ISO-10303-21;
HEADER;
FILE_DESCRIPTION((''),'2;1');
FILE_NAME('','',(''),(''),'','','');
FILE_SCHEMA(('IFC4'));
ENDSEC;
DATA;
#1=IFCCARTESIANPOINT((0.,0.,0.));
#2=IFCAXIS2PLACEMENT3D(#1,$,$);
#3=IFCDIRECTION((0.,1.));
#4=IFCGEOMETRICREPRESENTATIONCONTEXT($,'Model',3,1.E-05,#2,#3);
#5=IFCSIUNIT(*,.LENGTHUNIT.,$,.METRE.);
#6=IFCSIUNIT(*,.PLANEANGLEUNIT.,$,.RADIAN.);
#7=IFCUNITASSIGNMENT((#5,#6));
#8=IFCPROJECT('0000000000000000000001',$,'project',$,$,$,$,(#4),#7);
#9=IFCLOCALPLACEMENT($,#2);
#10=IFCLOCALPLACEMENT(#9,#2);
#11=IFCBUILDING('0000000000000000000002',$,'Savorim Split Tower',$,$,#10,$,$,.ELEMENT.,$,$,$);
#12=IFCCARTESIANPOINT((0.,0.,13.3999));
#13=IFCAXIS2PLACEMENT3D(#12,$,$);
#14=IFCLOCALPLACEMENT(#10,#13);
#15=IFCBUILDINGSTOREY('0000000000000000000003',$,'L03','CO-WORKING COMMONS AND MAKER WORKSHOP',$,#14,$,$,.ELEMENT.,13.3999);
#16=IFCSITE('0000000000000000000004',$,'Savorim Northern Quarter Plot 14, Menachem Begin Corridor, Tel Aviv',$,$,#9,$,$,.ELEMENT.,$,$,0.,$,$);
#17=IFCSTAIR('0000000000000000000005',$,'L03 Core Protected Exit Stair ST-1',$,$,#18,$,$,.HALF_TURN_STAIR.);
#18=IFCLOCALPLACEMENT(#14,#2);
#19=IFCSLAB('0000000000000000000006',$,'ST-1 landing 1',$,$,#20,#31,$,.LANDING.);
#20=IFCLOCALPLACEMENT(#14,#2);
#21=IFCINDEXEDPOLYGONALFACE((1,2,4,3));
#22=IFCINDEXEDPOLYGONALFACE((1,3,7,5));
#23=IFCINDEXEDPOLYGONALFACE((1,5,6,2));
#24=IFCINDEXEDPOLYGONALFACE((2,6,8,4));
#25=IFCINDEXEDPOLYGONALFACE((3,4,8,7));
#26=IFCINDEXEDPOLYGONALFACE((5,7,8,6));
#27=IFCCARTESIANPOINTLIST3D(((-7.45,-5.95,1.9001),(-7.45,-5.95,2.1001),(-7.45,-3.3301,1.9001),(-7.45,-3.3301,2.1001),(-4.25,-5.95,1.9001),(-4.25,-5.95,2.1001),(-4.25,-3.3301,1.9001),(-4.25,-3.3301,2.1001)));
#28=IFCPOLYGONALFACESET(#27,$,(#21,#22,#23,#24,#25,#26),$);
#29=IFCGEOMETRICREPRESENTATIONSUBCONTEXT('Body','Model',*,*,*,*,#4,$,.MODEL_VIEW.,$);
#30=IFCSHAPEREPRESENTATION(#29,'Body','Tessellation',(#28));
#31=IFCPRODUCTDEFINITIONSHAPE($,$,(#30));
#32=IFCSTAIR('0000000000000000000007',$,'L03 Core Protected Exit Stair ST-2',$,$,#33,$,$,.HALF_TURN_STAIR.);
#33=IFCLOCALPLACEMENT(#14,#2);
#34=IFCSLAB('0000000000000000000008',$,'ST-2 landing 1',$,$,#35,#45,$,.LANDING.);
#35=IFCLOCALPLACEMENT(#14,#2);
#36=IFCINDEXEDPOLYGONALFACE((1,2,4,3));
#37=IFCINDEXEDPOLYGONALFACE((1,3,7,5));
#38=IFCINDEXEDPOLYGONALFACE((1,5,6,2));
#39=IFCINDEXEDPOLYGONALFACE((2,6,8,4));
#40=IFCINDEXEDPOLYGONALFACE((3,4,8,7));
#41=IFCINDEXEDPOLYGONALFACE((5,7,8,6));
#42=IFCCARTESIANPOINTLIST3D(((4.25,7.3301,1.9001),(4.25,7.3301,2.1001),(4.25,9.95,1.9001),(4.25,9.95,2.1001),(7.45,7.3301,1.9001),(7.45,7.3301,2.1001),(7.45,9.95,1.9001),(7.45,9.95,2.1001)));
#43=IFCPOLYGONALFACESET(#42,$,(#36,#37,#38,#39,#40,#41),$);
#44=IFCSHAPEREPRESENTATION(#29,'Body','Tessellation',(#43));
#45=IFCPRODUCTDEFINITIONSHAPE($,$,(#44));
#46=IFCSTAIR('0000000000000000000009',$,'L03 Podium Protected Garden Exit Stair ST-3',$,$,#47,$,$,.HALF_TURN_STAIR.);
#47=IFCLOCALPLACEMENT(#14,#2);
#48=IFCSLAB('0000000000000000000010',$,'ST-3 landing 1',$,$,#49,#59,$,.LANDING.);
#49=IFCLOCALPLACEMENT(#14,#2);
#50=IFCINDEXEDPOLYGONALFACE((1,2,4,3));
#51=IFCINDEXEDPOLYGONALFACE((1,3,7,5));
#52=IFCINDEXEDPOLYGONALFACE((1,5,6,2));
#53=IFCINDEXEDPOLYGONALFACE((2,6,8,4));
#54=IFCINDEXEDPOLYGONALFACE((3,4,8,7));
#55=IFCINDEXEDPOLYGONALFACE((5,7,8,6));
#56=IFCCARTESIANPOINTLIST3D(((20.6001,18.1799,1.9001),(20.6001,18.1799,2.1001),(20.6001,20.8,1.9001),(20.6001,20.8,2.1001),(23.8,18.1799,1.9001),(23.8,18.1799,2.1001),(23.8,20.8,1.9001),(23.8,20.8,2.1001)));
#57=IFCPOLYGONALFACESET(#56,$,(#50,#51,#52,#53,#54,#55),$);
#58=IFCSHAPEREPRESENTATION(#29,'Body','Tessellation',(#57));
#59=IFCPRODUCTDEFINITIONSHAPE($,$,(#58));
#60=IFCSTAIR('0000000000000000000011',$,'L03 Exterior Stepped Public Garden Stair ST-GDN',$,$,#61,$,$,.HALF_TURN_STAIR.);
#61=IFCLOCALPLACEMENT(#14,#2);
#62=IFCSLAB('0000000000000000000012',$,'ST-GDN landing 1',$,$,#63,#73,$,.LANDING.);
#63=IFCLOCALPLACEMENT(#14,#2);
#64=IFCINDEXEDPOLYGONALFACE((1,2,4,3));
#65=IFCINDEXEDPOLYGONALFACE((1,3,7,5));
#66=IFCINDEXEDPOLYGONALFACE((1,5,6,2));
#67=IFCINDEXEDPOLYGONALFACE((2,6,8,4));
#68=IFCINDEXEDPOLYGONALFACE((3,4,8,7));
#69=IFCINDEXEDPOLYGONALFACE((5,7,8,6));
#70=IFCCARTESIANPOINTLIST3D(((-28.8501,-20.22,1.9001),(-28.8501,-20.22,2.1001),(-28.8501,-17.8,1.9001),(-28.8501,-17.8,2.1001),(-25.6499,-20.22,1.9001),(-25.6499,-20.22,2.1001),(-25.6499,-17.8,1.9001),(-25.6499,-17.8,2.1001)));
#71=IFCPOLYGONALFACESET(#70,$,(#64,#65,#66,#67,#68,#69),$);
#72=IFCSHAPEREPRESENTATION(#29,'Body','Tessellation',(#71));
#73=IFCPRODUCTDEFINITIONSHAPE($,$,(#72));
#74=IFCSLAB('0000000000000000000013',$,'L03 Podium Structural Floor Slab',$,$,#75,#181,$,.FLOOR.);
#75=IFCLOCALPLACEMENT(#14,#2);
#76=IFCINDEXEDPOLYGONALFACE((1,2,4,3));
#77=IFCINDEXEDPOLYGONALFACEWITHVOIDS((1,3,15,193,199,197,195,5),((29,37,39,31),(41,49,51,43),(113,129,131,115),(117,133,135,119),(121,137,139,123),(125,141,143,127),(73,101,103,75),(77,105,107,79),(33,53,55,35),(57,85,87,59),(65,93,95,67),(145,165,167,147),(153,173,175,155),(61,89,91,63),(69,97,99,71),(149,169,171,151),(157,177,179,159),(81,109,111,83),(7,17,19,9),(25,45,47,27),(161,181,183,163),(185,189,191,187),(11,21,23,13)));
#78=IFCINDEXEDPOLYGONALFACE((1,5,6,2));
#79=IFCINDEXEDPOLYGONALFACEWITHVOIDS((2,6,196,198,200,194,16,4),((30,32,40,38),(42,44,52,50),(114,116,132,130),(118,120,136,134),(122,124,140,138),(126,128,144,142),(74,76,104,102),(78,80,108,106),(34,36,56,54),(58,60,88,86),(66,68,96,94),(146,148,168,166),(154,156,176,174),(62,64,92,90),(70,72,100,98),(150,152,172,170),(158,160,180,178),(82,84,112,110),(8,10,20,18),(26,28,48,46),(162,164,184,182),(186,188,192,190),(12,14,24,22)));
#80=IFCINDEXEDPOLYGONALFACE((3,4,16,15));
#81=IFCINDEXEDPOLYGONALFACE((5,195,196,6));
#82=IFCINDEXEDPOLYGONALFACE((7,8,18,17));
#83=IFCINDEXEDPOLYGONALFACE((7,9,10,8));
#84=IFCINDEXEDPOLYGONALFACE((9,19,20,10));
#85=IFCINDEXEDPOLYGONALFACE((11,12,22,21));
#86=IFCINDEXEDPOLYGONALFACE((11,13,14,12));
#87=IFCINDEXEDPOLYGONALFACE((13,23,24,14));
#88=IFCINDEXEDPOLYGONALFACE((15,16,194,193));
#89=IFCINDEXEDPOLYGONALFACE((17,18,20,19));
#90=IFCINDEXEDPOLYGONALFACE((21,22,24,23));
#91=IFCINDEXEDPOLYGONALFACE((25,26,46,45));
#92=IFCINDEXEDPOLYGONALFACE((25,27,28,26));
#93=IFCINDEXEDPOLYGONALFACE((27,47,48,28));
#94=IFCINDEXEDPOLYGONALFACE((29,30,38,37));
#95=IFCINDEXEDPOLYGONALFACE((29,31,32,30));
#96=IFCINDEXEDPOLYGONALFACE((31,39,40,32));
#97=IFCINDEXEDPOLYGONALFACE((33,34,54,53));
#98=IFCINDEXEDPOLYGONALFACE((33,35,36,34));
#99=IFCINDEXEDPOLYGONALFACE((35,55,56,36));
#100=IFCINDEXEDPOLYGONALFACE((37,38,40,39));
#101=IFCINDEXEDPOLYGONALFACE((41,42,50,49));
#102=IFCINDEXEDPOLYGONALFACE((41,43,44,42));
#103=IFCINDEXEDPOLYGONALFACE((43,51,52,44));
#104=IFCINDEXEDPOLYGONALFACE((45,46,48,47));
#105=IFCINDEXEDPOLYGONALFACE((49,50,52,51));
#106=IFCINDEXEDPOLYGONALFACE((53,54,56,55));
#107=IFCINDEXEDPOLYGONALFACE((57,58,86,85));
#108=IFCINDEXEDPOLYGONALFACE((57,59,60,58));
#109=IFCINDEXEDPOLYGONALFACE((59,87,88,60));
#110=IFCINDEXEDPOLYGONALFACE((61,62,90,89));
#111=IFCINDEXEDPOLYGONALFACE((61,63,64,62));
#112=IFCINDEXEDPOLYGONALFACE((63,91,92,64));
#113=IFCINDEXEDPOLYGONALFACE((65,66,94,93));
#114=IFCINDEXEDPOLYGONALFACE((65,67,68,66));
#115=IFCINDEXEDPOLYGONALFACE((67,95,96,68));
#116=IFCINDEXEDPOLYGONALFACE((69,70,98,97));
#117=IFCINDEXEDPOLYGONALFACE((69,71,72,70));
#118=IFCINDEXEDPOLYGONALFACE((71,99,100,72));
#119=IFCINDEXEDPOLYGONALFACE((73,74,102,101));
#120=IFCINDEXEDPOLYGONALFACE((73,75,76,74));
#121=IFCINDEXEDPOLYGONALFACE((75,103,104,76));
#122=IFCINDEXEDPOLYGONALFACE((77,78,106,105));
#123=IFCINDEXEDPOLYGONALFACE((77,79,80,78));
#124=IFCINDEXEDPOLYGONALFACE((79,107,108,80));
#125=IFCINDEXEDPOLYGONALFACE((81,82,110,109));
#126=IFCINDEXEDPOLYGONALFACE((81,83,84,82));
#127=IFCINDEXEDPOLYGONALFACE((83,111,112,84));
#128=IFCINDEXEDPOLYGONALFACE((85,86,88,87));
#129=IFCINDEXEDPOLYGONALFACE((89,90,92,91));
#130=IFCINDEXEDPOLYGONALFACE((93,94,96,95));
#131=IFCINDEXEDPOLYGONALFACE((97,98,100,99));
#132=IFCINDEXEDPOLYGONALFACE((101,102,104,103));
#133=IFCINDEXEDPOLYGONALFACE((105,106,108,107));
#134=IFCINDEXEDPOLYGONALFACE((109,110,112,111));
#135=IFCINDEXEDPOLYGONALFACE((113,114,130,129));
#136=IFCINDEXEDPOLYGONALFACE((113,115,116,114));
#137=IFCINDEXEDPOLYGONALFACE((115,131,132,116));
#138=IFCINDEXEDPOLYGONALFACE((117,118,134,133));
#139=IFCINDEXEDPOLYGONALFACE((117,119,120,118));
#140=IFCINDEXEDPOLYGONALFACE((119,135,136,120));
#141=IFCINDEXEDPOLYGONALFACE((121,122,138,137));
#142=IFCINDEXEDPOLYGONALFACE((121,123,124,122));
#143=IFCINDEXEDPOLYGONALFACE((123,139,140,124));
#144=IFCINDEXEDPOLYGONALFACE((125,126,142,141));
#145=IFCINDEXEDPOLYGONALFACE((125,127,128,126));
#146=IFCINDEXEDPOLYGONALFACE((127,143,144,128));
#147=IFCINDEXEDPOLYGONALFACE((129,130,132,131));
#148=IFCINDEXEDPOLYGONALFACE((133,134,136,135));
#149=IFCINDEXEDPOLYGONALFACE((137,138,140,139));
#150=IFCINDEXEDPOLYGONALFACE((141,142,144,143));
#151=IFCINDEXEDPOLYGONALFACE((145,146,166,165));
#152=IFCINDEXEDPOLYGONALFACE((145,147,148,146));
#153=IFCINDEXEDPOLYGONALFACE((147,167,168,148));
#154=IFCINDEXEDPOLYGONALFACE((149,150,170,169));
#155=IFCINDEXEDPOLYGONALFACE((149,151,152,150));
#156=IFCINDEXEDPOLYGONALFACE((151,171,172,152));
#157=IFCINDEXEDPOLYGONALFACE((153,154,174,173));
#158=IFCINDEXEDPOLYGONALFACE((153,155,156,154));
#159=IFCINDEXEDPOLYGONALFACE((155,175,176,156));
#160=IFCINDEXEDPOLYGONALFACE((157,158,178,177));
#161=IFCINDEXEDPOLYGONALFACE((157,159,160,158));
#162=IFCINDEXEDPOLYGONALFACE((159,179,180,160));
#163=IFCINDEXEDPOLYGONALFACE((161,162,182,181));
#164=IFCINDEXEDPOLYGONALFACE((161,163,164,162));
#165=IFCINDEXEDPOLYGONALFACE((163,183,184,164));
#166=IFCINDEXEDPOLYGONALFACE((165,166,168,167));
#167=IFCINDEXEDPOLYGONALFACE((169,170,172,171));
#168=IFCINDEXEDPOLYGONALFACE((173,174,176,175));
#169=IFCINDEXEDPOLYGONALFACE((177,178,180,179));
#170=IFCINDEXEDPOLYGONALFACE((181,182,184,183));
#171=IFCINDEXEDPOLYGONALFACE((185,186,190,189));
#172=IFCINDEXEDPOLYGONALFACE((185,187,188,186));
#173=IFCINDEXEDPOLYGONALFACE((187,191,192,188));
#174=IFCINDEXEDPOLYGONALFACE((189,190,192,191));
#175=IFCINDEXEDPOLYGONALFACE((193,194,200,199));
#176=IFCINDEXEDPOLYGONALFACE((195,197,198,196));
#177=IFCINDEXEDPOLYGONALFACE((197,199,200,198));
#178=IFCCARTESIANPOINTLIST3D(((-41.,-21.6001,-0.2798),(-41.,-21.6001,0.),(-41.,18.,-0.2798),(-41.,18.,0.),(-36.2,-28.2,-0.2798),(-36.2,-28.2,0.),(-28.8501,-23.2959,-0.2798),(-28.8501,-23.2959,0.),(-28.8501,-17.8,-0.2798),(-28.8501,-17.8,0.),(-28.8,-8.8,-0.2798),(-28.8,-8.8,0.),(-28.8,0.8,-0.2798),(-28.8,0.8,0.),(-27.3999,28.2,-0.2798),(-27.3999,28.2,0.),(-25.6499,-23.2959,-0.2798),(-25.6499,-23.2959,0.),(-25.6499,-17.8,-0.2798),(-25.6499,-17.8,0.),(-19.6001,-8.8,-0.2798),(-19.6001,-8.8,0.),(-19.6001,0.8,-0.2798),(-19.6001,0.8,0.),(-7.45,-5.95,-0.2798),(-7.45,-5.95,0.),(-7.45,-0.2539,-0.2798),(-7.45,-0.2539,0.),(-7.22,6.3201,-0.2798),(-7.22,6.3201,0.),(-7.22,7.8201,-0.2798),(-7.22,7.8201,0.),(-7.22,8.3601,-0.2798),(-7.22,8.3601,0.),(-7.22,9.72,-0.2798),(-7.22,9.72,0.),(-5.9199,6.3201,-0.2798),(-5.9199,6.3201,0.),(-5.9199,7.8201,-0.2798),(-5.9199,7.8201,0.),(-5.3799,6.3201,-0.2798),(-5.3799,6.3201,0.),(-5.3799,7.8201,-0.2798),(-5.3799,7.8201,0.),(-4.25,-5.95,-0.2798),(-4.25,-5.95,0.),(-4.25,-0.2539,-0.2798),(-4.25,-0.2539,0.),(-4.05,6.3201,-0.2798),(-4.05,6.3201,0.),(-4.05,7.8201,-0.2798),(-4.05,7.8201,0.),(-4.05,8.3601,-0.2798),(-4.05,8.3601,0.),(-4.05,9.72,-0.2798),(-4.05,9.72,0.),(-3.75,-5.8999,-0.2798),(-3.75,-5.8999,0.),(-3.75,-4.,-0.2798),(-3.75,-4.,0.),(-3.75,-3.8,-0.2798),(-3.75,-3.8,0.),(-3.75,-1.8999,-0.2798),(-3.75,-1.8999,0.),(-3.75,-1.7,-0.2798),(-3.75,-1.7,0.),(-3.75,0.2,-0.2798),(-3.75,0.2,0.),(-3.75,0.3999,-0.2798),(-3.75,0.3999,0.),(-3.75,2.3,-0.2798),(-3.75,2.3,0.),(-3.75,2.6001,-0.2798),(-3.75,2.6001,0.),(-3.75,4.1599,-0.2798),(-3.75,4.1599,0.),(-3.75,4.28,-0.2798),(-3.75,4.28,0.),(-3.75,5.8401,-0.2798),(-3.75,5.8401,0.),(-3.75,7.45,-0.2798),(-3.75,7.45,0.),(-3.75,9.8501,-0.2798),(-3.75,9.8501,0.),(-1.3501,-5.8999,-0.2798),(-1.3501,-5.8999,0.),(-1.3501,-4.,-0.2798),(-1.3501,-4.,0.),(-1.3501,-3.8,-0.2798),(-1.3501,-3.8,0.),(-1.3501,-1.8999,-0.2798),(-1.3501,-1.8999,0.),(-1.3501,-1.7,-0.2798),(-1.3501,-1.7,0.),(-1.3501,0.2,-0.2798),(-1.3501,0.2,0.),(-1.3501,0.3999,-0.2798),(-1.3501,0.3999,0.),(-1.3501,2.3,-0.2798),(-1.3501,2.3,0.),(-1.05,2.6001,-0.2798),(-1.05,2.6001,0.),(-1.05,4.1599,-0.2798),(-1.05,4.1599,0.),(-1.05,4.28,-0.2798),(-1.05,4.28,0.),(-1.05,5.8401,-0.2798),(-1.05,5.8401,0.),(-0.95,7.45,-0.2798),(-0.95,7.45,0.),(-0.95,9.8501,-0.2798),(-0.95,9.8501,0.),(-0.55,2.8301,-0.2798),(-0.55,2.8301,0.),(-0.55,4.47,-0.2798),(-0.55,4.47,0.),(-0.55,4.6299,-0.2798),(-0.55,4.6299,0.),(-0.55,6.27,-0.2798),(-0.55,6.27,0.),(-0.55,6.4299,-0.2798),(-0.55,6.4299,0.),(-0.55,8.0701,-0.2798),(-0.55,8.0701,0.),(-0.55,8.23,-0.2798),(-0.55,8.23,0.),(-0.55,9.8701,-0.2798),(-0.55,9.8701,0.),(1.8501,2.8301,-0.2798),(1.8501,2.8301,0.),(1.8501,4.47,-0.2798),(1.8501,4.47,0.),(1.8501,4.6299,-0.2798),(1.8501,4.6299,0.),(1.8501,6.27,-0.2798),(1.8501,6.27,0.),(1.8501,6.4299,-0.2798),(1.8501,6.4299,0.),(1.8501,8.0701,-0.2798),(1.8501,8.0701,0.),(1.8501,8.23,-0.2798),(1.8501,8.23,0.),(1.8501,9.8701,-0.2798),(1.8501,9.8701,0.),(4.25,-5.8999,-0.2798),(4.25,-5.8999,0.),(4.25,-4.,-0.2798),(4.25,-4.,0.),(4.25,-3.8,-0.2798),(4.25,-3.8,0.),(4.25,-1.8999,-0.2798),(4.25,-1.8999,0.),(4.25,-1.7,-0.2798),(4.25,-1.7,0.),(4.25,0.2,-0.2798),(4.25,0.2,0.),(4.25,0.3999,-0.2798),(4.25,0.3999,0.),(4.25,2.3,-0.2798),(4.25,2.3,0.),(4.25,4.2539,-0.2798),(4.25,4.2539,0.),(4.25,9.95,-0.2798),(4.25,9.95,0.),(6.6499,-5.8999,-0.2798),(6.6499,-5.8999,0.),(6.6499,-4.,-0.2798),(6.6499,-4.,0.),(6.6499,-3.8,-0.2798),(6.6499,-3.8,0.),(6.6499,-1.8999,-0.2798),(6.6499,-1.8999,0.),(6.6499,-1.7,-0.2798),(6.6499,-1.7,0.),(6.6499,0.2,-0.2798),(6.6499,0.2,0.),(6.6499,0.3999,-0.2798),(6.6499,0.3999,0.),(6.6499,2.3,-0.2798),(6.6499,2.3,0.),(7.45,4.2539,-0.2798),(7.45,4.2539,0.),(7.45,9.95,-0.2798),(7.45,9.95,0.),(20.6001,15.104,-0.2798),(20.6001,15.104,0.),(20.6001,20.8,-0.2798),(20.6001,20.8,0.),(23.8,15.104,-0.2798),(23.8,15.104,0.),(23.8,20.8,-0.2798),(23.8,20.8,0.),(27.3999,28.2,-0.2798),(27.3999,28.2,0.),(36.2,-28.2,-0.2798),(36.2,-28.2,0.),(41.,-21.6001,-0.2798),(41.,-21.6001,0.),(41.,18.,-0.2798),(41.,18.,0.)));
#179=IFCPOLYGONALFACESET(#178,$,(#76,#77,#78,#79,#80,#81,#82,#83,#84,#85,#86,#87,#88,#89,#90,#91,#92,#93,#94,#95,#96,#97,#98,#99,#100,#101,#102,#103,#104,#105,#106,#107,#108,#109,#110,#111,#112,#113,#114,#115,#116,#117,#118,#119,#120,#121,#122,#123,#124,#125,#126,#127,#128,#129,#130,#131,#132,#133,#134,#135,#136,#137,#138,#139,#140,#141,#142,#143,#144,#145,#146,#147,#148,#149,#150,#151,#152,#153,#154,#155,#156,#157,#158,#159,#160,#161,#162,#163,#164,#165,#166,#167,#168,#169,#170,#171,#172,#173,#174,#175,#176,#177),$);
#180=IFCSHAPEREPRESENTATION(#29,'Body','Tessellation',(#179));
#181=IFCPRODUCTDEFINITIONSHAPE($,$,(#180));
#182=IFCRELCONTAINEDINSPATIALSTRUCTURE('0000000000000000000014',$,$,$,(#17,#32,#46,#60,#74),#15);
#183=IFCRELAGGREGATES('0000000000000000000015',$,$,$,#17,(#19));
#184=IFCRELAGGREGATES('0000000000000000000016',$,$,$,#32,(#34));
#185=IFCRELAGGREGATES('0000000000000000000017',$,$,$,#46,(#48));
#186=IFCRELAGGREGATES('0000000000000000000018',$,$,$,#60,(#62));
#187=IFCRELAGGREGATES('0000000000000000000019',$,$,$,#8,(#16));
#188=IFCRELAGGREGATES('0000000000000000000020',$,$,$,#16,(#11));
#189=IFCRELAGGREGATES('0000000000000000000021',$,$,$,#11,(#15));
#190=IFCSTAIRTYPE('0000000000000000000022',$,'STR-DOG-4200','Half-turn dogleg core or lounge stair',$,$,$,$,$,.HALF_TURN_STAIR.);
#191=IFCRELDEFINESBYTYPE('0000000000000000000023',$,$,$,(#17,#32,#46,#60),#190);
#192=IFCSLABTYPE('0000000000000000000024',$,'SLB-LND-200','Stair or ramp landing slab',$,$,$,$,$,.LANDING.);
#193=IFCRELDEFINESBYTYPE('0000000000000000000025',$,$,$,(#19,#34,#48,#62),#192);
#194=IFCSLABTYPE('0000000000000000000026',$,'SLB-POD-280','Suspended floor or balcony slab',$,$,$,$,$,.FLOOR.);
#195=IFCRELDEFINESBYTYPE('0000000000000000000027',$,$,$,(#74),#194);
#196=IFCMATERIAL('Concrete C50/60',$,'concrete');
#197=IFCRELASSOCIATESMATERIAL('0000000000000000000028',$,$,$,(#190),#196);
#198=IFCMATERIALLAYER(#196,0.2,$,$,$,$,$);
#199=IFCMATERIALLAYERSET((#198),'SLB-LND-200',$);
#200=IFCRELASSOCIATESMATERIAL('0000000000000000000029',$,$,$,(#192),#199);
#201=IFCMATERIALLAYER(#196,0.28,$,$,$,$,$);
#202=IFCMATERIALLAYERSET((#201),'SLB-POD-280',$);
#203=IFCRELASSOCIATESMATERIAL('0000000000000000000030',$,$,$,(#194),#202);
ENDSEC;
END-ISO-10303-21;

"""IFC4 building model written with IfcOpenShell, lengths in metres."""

from ifc_helpers import new_model, si_unit, direction, frame, origin, place, context, subcontext, project, spatial, polyline, outline, extrude, material, layer, layer_set, type_object, element, aggregate, save


model = new_model("IFC4")

# Units and contexts
model_context = context("Model", 3, precision=1e-05, world=origin(), true_north=direction((0.0, 1.0)))
body_context = subcontext(model_context, "Body", "Model", "MODEL_VIEW")
ifc_project = project(units=[si_unit("LENGTHUNIT", "METRE"), si_unit("PLANEANGLEUNIT", "RADIAN")], contexts=[model_context])

# Site, building, storey
site_placement = place(None, origin())
site = spatial("IfcSite", under=ifc_project, at=site_placement, Name="Savorim Northern Quarter Plot 14, Menachem Begin Corridor, Tel Aviv", CompositionType="ELEMENT", RefElevation=0.0)
building_placement = place(site_placement, origin())
building = spatial("IfcBuilding", under=site, at=building_placement, Name="Savorim Split Tower", CompositionType="ELEMENT")
storey_placement = place(building_placement, frame((0.0, 0.0, 13.3999)))
storey = spatial("IfcBuildingStorey", under=building, at=storey_placement, Name="L03", Description="CO-WORKING COMMONS AND MAKER WORKSHOP", CompositionType="ELEMENT", Elevation=13.3999)

# Stairs, slabs
ifc_material_1 = material(Name="Concrete C50/60", Category="concrete")
stair_type = type_object("IfcStairType", Name="STR-DOG-4200", Description="Half-turn dogleg core or lounge stair", PredefinedType="HALF_TURN_STAIR", material=ifc_material_1)
stair_1_placement = place(storey_placement, origin())
stair_1 = element("IfcStair", 1, at=stair_1_placement, inside=storey, type_object=stair_type, Name="L03 Core Protected Exit Stair ST-1", PredefinedType="HALF_TURN_STAIR")
ifc_layer_1 = layer(ifc_material_1, 0.2)
ifc_layer_set_1 = layer_set([ifc_layer_1], Name="SLB-LND-200")
slab_type_1 = type_object("IfcSlabType", Name="SLB-LND-200", Description="Stair or ramp landing slab", PredefinedType="LANDING", material=ifc_layer_set_1)
slab_1_placement = place(storey_placement, frame((0.0, 0.0, 1.9001)))
slab_1 = element("IfcSlab", 2, at=slab_1_placement, type_object=slab_type_1, Name="ST-1 landing 1", PredefinedType="LANDING", context=body_context, shape_type="SweptSolid", body=[
    extrude(outline(polyline([(-7.45, -3.3301), (-7.45, -5.95), (-4.25, -5.95), (-4.25, -3.3301), (-7.45, -3.3301)])), origin(), (0.0, 0.0, 1.0), 0.2),
])
aggregate(stair_1, [slab_1])
stair_2_placement = place(storey_placement, origin())
stair_2 = element("IfcStair", 3, at=stair_2_placement, inside=storey, type_object=stair_type, Name="L03 Core Protected Exit Stair ST-2", PredefinedType="HALF_TURN_STAIR")
slab_2_placement = place(storey_placement, frame((0.0, 0.0, 1.9001)))
slab_2 = element("IfcSlab", 4, at=slab_2_placement, type_object=slab_type_1, Name="ST-2 landing 1", PredefinedType="LANDING", context=body_context, shape_type="SweptSolid", body=[
    extrude(outline(polyline([(7.45, 7.3301), (7.45, 9.95), (4.25, 9.95), (4.25, 7.3301), (7.45, 7.3301)])), origin(), (0.0, 0.0, 1.0), 0.2),
])
aggregate(stair_2, [slab_2])
stair_3_placement = place(storey_placement, origin())
stair_3 = element("IfcStair", 5, at=stair_3_placement, inside=storey, type_object=stair_type, Name="L03 Podium Protected Garden Exit Stair ST-3", PredefinedType="HALF_TURN_STAIR")
slab_3_placement = place(storey_placement, frame((0.0, 0.0, 1.9001)))
slab_3 = element("IfcSlab", 6, at=slab_3_placement, type_object=slab_type_1, Name="ST-3 landing 1", PredefinedType="LANDING", context=body_context, shape_type="SweptSolid", body=[
    extrude(outline(polyline([(23.8, 18.1799), (23.8, 20.8), (20.6001, 20.8), (20.6001, 18.1799), (23.8, 18.1799)])), origin(), (0.0, 0.0, 1.0), 0.2),
])
aggregate(stair_3, [slab_3])
stair_4_placement = place(storey_placement, origin())
stair_4 = element("IfcStair", 7, at=stair_4_placement, inside=storey, type_object=stair_type, Name="L03 Exterior Stepped Public Garden Stair ST-GDN", PredefinedType="HALF_TURN_STAIR")
slab_4_placement = place(storey_placement, frame((0.0, 0.0, 1.9001)))
slab_4 = element("IfcSlab", 8, at=slab_4_placement, type_object=slab_type_1, Name="ST-GDN landing 1", PredefinedType="LANDING", context=body_context, shape_type="SweptSolid", body=[
    extrude(outline(polyline([(-25.6499, -20.22), (-25.6499, -17.8), (-28.8501, -17.8), (-28.8501, -20.22), (-25.6499, -20.22)])), origin(), (0.0, 0.0, 1.0), 0.2),
])
aggregate(stair_4, [slab_4])

# Slab
ifc_layer_2 = layer(ifc_material_1, 0.28)
ifc_layer_set_2 = layer_set([ifc_layer_2], Name="SLB-POD-280")
slab_type_2 = type_object("IfcSlabType", Name="SLB-POD-280", Description="Suspended floor or balcony slab", PredefinedType="FLOOR", material=ifc_layer_set_2)
slab_5_placement = place(storey_placement, frame((0.0, 0.0, -0.2798)))
element("IfcSlab", 9, at=slab_5_placement, inside=storey, type_object=slab_type_2, Name="L03 Podium Structural Floor Slab", PredefinedType="FLOOR", context=body_context, shape_type="SweptSolid", body=[
    extrude(outline(polyline([(-36.2, -28.2), (36.2, -28.2), (41.0, -21.6001), (41.0, 18.0), (27.3999, 28.2), (-27.3999, 28.2), (-41.0, 18.0), (-41.0, -21.6001), (-36.2, -28.2)]), holes=[polyline([(-7.45, -0.2539), (-7.45, -5.95), (-4.25, -5.95), (-4.25, -0.2539), (-7.45, -0.2539)]), polyline([(7.45, 4.2539), (7.45, 9.95), (4.25, 9.95), (4.25, 4.2539), (7.45, 4.2539)]), polyline([(23.8, 15.104), (23.8, 20.8), (20.6001, 20.8), (20.6001, 15.104), (23.8, 15.104)]), polyline([(-25.6499, -23.2959), (-25.6499, -17.8), (-28.8501, -17.8), (-28.8501, -23.2959), (-25.6499, -23.2959)]), polyline([(4.25, -5.8999), (6.6499, -5.8999), (6.6499, -4.0), (4.25, -4.0), (4.25, -5.8999)]), polyline([(4.25, -3.8), (6.6499, -3.8), (6.6499, -1.8999), (4.25, -1.8999), (4.25, -3.8)]), polyline([(4.25, -1.7), (6.6499, -1.7), (6.6499, 0.2), (4.25, 0.2), (4.25, -1.7)]), polyline([(4.25, 0.3999), (6.6499, 0.3999), (6.6499, 2.3), (4.25, 2.3), (4.25, 0.3999)]), polyline([(-3.75, -5.8999), (-1.3501, -5.8999), (-1.3501, -4.0), (-3.75, -4.0), (-3.75, -5.8999)]), polyline([(-3.75, -3.8), (-1.3501, -3.8), (-1.3501, -1.8999), (-3.75, -1.8999), (-3.75, -3.8)]), polyline([(-3.75, -1.7), (-1.3501, -1.7), (-1.3501, 0.2), (-3.75, 0.2), (-3.75, -1.7)]), polyline([(-3.75, 0.3999), (-1.3501, 0.3999), (-1.3501, 2.3), (-3.75, 2.3), (-3.75, 0.3999)]), polyline([(-0.55, 2.8301), (1.8501, 2.8301), (1.8501, 4.47), (-0.55, 4.47), (-0.55, 2.8301)]), polyline([(-0.55, 4.6299), (1.8501, 4.6299), (1.8501, 6.27), (-0.55, 6.27), (-0.55, 4.6299)]), polyline([(-0.55, 6.4299), (1.8501, 6.4299), (1.8501, 8.0701), (-0.55, 8.0701), (-0.55, 6.4299)]), polyline([(-0.55, 8.23), (1.8501, 8.23), (1.8501, 9.8701), (-0.55, 9.8701), (-0.55, 8.23)]), polyline([(-3.75, 2.6001), (-1.05, 2.6001), (-1.05, 4.1599), (-3.75, 4.1599), (-3.75, 2.6001)]), polyline([(-3.75, 4.28), (-1.05, 4.28), (-1.05, 5.8401), (-3.75, 5.8401), (-3.75, 4.28)]), polyline([(-3.75, 7.45), (-0.95, 7.45), (-0.95, 9.8501), (-3.75, 9.8501), (-3.75, 7.45)]), polyline([(-7.22, 6.3201), (-5.9199, 6.3201), (-5.9199, 7.8201), (-7.22, 7.8201), (-7.22, 6.3201)]), polyline([(-5.3799, 6.3201), (-4.05, 6.3201), (-4.05, 7.8201), (-5.3799, 7.8201), (-5.3799, 6.3201)]), polyline([(-7.22, 8.3601), (-4.05, 8.3601), (-4.05, 9.72), (-7.22, 9.72), (-7.22, 8.3601)]), polyline([(-28.8, -8.8), (-19.6001, -8.8), (-19.6001, 0.8), (-28.8, 0.8), (-28.8, -8.8)])]), origin(), (0.0, 0.0, 1.0), 0.2798),
])

save(model, "model.ifc")
